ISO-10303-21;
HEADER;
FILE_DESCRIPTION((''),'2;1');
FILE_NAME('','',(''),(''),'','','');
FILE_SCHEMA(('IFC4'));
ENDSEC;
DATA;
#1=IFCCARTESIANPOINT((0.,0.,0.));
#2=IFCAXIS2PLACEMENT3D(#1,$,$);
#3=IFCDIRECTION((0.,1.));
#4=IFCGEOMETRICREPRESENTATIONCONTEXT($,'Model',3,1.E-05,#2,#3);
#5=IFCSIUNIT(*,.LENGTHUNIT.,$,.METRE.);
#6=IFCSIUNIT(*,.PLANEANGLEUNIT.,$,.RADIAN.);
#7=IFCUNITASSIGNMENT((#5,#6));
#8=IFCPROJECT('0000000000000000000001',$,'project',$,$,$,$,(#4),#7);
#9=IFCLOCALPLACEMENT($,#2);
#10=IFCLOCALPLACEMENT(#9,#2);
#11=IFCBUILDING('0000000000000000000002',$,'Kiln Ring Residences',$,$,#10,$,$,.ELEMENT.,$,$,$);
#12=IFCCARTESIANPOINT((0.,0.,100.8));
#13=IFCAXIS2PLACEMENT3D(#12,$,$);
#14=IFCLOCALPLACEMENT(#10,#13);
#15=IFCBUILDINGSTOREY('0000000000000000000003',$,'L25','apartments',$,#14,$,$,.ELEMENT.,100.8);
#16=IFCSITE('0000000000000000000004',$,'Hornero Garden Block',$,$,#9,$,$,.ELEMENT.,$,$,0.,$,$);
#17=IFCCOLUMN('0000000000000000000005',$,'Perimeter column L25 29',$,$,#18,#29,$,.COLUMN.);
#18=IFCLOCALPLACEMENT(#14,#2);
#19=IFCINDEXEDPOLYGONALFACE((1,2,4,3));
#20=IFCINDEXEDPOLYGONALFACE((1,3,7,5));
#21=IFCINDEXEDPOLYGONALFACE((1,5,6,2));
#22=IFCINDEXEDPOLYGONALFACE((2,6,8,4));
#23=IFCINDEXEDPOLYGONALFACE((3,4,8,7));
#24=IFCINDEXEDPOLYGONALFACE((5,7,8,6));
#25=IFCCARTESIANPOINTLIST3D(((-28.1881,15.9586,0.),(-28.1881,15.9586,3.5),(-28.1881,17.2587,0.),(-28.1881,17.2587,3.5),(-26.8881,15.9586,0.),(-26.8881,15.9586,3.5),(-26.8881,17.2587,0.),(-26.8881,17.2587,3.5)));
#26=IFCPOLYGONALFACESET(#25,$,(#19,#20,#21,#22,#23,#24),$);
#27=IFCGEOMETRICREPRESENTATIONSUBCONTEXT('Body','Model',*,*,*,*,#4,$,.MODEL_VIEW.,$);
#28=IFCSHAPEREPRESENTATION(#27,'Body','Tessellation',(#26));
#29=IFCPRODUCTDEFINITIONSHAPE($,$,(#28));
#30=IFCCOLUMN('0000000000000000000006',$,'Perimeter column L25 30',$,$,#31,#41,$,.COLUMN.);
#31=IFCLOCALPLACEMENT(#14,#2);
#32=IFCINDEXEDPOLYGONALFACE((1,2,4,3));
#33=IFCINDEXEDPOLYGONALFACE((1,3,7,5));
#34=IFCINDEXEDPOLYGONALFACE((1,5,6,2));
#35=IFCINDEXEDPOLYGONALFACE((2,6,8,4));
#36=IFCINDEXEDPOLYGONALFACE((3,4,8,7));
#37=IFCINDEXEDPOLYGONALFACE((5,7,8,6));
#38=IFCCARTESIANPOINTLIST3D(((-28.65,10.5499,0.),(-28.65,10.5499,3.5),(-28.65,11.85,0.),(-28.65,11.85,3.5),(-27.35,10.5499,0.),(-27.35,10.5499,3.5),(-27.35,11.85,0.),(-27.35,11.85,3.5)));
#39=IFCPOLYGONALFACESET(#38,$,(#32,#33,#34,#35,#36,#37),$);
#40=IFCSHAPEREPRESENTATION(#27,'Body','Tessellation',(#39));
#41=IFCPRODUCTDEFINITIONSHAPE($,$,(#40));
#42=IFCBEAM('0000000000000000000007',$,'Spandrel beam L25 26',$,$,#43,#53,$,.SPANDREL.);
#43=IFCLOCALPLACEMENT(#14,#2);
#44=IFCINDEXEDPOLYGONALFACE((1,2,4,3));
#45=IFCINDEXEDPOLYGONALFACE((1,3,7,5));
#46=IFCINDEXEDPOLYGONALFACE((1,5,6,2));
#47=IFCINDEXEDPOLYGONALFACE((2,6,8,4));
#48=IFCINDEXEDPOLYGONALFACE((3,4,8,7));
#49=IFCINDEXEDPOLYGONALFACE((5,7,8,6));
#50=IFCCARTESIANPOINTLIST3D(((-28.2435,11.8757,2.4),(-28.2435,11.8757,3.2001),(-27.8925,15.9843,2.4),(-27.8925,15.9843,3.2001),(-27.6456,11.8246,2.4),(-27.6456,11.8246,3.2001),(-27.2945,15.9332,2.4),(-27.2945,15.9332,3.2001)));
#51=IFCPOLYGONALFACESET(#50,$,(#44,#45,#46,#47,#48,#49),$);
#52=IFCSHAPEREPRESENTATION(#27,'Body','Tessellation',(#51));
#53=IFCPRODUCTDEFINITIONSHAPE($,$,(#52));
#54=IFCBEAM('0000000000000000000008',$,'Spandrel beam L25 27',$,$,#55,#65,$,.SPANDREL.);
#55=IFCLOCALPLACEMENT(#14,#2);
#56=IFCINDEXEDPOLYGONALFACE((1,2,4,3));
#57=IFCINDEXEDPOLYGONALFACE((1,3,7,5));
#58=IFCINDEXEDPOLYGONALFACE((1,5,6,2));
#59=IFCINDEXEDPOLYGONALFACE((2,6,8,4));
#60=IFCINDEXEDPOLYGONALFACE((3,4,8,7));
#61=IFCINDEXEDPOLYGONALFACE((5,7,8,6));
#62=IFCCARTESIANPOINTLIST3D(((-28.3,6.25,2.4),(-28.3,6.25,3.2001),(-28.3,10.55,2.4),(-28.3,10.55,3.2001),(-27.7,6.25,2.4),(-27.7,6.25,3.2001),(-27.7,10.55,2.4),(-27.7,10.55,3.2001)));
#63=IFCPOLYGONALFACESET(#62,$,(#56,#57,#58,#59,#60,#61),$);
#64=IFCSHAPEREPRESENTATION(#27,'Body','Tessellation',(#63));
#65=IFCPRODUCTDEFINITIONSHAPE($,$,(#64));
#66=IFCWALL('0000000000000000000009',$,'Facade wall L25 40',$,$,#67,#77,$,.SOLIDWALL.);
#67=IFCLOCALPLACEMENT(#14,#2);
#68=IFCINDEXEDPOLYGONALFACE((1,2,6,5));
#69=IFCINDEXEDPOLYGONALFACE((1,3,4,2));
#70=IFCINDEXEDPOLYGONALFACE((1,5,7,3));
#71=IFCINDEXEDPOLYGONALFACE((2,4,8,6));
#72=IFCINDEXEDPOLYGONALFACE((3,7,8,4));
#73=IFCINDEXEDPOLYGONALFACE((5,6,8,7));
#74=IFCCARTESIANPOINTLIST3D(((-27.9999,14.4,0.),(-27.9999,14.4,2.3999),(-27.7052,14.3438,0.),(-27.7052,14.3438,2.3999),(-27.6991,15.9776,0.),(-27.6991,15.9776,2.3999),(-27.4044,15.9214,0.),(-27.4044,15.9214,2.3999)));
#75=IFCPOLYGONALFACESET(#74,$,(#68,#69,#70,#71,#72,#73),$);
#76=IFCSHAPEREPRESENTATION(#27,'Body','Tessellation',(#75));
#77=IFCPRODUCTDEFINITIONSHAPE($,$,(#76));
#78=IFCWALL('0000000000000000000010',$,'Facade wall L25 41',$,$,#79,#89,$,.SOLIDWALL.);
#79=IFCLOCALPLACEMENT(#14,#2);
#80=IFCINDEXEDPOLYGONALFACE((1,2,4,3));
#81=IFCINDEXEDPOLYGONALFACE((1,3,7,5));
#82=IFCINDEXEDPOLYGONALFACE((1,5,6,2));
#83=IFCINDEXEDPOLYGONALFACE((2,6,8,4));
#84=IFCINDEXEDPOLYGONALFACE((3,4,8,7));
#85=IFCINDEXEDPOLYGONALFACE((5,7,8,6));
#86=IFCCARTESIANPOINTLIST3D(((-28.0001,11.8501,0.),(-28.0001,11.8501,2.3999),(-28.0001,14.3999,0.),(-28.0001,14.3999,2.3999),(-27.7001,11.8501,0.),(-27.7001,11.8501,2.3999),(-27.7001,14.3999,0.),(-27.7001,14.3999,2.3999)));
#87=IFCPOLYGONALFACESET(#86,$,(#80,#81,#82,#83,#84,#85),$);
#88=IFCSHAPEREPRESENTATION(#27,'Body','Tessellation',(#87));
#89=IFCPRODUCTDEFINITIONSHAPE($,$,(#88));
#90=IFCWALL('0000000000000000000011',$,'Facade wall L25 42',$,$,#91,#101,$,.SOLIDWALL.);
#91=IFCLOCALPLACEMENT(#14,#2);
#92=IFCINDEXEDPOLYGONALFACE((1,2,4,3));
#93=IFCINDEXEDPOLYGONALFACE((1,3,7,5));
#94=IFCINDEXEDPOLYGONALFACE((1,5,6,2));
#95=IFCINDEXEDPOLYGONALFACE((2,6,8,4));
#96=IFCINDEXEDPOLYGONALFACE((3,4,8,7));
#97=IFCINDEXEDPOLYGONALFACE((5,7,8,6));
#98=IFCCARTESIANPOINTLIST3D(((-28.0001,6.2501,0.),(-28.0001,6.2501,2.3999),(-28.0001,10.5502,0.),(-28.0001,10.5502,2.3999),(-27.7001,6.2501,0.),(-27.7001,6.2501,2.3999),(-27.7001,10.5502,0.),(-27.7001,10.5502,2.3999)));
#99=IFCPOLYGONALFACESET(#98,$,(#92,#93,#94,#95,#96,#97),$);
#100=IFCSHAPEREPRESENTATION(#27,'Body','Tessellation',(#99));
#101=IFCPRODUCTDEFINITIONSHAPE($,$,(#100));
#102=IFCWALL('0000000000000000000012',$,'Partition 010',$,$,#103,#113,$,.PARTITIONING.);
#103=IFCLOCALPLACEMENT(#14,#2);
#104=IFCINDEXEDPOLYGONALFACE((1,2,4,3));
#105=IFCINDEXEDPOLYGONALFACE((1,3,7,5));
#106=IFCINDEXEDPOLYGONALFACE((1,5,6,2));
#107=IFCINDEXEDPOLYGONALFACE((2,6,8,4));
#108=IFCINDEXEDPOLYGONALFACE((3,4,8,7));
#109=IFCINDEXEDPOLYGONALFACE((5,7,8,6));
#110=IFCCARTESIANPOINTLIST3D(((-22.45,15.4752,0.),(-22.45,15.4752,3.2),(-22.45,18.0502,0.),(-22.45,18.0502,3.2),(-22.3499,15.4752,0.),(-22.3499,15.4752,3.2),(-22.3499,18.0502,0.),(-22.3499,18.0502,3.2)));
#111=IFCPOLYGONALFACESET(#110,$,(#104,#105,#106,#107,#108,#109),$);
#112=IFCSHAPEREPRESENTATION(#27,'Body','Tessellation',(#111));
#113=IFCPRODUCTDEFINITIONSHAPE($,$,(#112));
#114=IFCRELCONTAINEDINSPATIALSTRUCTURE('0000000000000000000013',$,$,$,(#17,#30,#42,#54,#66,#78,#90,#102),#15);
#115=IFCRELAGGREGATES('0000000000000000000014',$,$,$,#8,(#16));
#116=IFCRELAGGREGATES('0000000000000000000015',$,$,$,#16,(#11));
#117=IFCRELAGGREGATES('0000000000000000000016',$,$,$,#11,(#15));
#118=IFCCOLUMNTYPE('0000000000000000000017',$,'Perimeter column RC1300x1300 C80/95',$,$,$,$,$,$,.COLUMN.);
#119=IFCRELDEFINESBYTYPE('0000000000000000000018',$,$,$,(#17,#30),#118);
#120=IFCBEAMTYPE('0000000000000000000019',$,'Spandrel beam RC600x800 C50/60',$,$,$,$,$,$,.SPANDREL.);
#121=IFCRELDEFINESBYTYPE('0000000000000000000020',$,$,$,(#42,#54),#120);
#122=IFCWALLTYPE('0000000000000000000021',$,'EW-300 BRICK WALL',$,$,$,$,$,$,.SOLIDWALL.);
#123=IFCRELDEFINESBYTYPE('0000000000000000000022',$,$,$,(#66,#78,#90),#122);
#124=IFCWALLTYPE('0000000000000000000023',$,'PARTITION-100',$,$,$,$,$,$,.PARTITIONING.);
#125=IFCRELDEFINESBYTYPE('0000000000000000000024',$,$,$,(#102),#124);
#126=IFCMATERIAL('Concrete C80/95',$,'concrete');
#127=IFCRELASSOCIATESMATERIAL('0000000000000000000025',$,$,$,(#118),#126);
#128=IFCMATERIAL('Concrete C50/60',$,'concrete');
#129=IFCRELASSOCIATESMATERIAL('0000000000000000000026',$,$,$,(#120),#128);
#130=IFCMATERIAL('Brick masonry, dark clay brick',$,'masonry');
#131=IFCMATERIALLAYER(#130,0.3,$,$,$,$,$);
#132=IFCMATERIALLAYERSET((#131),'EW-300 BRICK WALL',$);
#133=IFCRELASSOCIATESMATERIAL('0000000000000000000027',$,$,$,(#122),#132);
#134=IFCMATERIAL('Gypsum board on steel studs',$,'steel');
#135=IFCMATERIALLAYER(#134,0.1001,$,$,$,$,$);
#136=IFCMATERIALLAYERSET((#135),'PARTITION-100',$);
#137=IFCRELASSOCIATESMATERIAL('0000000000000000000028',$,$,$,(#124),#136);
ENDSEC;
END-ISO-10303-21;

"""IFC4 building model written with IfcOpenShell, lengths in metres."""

from ifc_helpers import new_model, si_unit, direction, frame, frame_2d, origin, origin_2d, place, context, subcontext, project, spatial, rectangle, extrude, material, layer, layer_set, material_profile, profile_set, type_object, element, save


model = new_model("IFC4")

# Units and contexts
model_context = context("Model", 3, precision=1e-05, world=origin(), true_north=direction((0.0, 1.0)))
body_context = subcontext(model_context, "Body", "Model", "MODEL_VIEW")
ifc_project = project(units=[si_unit("LENGTHUNIT", "METRE"), si_unit("PLANEANGLEUNIT", "RADIAN")], contexts=[model_context])

# Site, building, storey
site_placement = place(None, origin())
site = spatial("IfcSite", under=ifc_project, at=site_placement, Name="Hornero Garden Block", CompositionType="ELEMENT", RefElevation=0.0)
building_placement = place(site_placement, origin())
building = spatial("IfcBuilding", under=site, at=building_placement, Name="Kiln Ring Residences", CompositionType="ELEMENT")
storey_placement = place(building_placement, frame((0.0, 0.0, 100.8)))
storey = spatial("IfcBuildingStorey", under=building, at=storey_placement, Name="L25", Description="apartments", CompositionType="ELEMENT", Elevation=100.8)

# Columns
ifc_material_1 = material(Name="Concrete C80/95", Category="concrete")
ifc_material_profile_1 = material_profile(ifc_material_1, rectangle(XDim=1.3, YDim=1.3, at=origin_2d()), Name="RC1300x1300")
ifc_profile_set_1 = profile_set([ifc_material_profile_1], Name="Concrete C80/95")
column_type = type_object("IfcColumnType", Name="Perimeter column RC1300x1300 C80/95", PredefinedType="COLUMN", material=ifc_profile_set_1)
for number, where, z_axis, x_axis, name in (
    (1, (-27.5381, 16.6086, 0.0), (0.0, 0.0, 1.0), (1.0, 0.0, 0.0), "Perimeter column L25 29"),
    (2, (-28.0, 11.2, 0.0), (0.0, 0.0, 1.0), (1.0, 0.0, 0.0), "Perimeter column L25 30"),
):
    element("IfcColumn", number, at=place(storey_placement, frame(where, z_axis=z_axis, x_axis=x_axis)), inside=storey, type_object=column_type, Name=name, PredefinedType="COLUMN", context=body_context, shape_type="SweptSolid", body=[
        extrude(rectangle(XDim=1.3, YDim=1.3, at=origin_2d()), origin(), (0.0, 0.0, 1.0), 3.5),
    ])

# Beams
ifc_material_2 = material(Name="Concrete C50/60", Category="concrete")
ifc_material_profile_2 = material_profile(ifc_material_2, rectangle(XDim=0.6001, YDim=0.8, at=origin_2d()), Name="RC600x800")
ifc_profile_set_2 = profile_set([ifc_material_profile_2], Name="Concrete C50/60")
beam_type = type_object("IfcBeamType", Name="Spandrel beam RC600x800 C50/60", PredefinedType="SPANDREL", material=ifc_profile_set_2)
beam_1_placement = place(storey_placement, frame((-27.5935, 15.9587, 2.8), z_axis=(-0.085137, -0.996369, 0.0), x_axis=(0.996369, -0.085137, 0.0)))
element("IfcBeam", 3, at=beam_1_placement, inside=storey, type_object=beam_type, Name="Spandrel beam L25 26", PredefinedType="SPANDREL", context=body_context, shape_type="SweptSolid", body=[
    extrude(rectangle(XDim=0.6001, YDim=0.8, at=origin_2d()), origin(), (0.0, 0.0, 1.0), 4.1235),
])
beam_2_placement = place(storey_placement, frame((-28.0, 10.55, 2.8), z_axis=(0.0, -1.0, 0.0), x_axis=(1.0, 0.0, 0.0)))
element("IfcBeam", 4, at=beam_2_placement, inside=storey, type_object=beam_type, Name="Spandrel beam L25 27", PredefinedType="SPANDREL", context=body_context, shape_type="SweptSolid", body=[
    extrude(rectangle(XDim=0.6001, YDim=0.8, at=origin_2d()), origin(), (0.0, 0.0, 1.0), 4.3),
])

# Walls
ifc_material_3 = material(Name="Brick masonry, dark clay brick", Category="masonry")
ifc_layer_1 = layer(ifc_material_3, 0.3)
ifc_layer_set_1 = layer_set([ifc_layer_1], Name="EW-300 BRICK WALL")
wall_type_1 = type_object("IfcWallType", Name="EW-300 BRICK WALL", PredefinedType="SOLIDWALL", material=ifc_layer_set_1)
wall_1_placement = place(storey_placement, frame((-27.5518, 15.9495, 0.0), z_axis=(0.0, 0.0, 1.0), x_axis=(-0.18728, -0.982307, 0.0)))
element("IfcWall", 5, at=wall_1_placement, inside=storey, type_object=wall_type_1, Name="Facade wall L25 40", PredefinedType="SOLIDWALL", context=body_context, shape_type="SweptSolid", body=[
    extrude(rectangle(XDim=1.606, YDim=0.3, at=frame_2d((0.803, 0.0))), origin(), (0.0, 0.0, 1.0), 2.3999),
])
wall_2_placement = place(storey_placement, frame((-27.8501, 14.3999, 0.0), z_axis=(0.0, 0.0, 1.0), x_axis=(0.0, -1.0, 0.0)))
element("IfcWall", 6, at=wall_2_placement, inside=storey, type_object=wall_type_1, Name="Facade wall L25 41", PredefinedType="SOLIDWALL", context=body_context, shape_type="SweptSolid", body=[
    extrude(rectangle(XDim=2.5498, YDim=0.3, at=frame_2d((1.2749, 0.0))), origin(), (0.0, 0.0, 1.0), 2.3999),
])
wall_3_placement = place(storey_placement, frame((-27.8501, 10.55, 0.0), z_axis=(0.0, 0.0, 1.0), x_axis=(0.0, -1.0, 0.0)))
element("IfcWall", 7, at=wall_3_placement, inside=storey, type_object=wall_type_1, Name="Facade wall L25 42", PredefinedType="SOLIDWALL", context=body_context, shape_type="SweptSolid", body=[
    extrude(rectangle(XDim=4.3, YDim=0.3, at=frame_2d((2.1499, 0.0))), origin(), (0.0, 0.0, 1.0), 2.3999),
])
ifc_material_4 = material(Name="Gypsum board on steel studs", Category="steel")
ifc_layer_2 = layer(ifc_material_4, 0.1001)
ifc_layer_set_2 = layer_set([ifc_layer_2], Name="PARTITION-100")
wall_type_2 = type_object("IfcWallType", Name="PARTITION-100", PredefinedType="PARTITIONING", material=ifc_layer_set_2)
wall_4_placement = place(storey_placement, frame((-22.3999, 15.4751, 0.0), z_axis=(0.0, 0.0, 1.0), x_axis=(0.0, 1.0, 0.0)))
element("IfcWall", 8, at=wall_4_placement, inside=storey, type_object=wall_type_2, Name="Partition 010", PredefinedType="PARTITIONING", context=body_context, shape_type="SweptSolid", body=[
    extrude(rectangle(XDim=2.575, YDim=0.1001, at=frame_2d((1.2876, 0.0))), origin(), (0.0, 0.0, 1.0), 3.2),
])

save(model, "model.ifc")
